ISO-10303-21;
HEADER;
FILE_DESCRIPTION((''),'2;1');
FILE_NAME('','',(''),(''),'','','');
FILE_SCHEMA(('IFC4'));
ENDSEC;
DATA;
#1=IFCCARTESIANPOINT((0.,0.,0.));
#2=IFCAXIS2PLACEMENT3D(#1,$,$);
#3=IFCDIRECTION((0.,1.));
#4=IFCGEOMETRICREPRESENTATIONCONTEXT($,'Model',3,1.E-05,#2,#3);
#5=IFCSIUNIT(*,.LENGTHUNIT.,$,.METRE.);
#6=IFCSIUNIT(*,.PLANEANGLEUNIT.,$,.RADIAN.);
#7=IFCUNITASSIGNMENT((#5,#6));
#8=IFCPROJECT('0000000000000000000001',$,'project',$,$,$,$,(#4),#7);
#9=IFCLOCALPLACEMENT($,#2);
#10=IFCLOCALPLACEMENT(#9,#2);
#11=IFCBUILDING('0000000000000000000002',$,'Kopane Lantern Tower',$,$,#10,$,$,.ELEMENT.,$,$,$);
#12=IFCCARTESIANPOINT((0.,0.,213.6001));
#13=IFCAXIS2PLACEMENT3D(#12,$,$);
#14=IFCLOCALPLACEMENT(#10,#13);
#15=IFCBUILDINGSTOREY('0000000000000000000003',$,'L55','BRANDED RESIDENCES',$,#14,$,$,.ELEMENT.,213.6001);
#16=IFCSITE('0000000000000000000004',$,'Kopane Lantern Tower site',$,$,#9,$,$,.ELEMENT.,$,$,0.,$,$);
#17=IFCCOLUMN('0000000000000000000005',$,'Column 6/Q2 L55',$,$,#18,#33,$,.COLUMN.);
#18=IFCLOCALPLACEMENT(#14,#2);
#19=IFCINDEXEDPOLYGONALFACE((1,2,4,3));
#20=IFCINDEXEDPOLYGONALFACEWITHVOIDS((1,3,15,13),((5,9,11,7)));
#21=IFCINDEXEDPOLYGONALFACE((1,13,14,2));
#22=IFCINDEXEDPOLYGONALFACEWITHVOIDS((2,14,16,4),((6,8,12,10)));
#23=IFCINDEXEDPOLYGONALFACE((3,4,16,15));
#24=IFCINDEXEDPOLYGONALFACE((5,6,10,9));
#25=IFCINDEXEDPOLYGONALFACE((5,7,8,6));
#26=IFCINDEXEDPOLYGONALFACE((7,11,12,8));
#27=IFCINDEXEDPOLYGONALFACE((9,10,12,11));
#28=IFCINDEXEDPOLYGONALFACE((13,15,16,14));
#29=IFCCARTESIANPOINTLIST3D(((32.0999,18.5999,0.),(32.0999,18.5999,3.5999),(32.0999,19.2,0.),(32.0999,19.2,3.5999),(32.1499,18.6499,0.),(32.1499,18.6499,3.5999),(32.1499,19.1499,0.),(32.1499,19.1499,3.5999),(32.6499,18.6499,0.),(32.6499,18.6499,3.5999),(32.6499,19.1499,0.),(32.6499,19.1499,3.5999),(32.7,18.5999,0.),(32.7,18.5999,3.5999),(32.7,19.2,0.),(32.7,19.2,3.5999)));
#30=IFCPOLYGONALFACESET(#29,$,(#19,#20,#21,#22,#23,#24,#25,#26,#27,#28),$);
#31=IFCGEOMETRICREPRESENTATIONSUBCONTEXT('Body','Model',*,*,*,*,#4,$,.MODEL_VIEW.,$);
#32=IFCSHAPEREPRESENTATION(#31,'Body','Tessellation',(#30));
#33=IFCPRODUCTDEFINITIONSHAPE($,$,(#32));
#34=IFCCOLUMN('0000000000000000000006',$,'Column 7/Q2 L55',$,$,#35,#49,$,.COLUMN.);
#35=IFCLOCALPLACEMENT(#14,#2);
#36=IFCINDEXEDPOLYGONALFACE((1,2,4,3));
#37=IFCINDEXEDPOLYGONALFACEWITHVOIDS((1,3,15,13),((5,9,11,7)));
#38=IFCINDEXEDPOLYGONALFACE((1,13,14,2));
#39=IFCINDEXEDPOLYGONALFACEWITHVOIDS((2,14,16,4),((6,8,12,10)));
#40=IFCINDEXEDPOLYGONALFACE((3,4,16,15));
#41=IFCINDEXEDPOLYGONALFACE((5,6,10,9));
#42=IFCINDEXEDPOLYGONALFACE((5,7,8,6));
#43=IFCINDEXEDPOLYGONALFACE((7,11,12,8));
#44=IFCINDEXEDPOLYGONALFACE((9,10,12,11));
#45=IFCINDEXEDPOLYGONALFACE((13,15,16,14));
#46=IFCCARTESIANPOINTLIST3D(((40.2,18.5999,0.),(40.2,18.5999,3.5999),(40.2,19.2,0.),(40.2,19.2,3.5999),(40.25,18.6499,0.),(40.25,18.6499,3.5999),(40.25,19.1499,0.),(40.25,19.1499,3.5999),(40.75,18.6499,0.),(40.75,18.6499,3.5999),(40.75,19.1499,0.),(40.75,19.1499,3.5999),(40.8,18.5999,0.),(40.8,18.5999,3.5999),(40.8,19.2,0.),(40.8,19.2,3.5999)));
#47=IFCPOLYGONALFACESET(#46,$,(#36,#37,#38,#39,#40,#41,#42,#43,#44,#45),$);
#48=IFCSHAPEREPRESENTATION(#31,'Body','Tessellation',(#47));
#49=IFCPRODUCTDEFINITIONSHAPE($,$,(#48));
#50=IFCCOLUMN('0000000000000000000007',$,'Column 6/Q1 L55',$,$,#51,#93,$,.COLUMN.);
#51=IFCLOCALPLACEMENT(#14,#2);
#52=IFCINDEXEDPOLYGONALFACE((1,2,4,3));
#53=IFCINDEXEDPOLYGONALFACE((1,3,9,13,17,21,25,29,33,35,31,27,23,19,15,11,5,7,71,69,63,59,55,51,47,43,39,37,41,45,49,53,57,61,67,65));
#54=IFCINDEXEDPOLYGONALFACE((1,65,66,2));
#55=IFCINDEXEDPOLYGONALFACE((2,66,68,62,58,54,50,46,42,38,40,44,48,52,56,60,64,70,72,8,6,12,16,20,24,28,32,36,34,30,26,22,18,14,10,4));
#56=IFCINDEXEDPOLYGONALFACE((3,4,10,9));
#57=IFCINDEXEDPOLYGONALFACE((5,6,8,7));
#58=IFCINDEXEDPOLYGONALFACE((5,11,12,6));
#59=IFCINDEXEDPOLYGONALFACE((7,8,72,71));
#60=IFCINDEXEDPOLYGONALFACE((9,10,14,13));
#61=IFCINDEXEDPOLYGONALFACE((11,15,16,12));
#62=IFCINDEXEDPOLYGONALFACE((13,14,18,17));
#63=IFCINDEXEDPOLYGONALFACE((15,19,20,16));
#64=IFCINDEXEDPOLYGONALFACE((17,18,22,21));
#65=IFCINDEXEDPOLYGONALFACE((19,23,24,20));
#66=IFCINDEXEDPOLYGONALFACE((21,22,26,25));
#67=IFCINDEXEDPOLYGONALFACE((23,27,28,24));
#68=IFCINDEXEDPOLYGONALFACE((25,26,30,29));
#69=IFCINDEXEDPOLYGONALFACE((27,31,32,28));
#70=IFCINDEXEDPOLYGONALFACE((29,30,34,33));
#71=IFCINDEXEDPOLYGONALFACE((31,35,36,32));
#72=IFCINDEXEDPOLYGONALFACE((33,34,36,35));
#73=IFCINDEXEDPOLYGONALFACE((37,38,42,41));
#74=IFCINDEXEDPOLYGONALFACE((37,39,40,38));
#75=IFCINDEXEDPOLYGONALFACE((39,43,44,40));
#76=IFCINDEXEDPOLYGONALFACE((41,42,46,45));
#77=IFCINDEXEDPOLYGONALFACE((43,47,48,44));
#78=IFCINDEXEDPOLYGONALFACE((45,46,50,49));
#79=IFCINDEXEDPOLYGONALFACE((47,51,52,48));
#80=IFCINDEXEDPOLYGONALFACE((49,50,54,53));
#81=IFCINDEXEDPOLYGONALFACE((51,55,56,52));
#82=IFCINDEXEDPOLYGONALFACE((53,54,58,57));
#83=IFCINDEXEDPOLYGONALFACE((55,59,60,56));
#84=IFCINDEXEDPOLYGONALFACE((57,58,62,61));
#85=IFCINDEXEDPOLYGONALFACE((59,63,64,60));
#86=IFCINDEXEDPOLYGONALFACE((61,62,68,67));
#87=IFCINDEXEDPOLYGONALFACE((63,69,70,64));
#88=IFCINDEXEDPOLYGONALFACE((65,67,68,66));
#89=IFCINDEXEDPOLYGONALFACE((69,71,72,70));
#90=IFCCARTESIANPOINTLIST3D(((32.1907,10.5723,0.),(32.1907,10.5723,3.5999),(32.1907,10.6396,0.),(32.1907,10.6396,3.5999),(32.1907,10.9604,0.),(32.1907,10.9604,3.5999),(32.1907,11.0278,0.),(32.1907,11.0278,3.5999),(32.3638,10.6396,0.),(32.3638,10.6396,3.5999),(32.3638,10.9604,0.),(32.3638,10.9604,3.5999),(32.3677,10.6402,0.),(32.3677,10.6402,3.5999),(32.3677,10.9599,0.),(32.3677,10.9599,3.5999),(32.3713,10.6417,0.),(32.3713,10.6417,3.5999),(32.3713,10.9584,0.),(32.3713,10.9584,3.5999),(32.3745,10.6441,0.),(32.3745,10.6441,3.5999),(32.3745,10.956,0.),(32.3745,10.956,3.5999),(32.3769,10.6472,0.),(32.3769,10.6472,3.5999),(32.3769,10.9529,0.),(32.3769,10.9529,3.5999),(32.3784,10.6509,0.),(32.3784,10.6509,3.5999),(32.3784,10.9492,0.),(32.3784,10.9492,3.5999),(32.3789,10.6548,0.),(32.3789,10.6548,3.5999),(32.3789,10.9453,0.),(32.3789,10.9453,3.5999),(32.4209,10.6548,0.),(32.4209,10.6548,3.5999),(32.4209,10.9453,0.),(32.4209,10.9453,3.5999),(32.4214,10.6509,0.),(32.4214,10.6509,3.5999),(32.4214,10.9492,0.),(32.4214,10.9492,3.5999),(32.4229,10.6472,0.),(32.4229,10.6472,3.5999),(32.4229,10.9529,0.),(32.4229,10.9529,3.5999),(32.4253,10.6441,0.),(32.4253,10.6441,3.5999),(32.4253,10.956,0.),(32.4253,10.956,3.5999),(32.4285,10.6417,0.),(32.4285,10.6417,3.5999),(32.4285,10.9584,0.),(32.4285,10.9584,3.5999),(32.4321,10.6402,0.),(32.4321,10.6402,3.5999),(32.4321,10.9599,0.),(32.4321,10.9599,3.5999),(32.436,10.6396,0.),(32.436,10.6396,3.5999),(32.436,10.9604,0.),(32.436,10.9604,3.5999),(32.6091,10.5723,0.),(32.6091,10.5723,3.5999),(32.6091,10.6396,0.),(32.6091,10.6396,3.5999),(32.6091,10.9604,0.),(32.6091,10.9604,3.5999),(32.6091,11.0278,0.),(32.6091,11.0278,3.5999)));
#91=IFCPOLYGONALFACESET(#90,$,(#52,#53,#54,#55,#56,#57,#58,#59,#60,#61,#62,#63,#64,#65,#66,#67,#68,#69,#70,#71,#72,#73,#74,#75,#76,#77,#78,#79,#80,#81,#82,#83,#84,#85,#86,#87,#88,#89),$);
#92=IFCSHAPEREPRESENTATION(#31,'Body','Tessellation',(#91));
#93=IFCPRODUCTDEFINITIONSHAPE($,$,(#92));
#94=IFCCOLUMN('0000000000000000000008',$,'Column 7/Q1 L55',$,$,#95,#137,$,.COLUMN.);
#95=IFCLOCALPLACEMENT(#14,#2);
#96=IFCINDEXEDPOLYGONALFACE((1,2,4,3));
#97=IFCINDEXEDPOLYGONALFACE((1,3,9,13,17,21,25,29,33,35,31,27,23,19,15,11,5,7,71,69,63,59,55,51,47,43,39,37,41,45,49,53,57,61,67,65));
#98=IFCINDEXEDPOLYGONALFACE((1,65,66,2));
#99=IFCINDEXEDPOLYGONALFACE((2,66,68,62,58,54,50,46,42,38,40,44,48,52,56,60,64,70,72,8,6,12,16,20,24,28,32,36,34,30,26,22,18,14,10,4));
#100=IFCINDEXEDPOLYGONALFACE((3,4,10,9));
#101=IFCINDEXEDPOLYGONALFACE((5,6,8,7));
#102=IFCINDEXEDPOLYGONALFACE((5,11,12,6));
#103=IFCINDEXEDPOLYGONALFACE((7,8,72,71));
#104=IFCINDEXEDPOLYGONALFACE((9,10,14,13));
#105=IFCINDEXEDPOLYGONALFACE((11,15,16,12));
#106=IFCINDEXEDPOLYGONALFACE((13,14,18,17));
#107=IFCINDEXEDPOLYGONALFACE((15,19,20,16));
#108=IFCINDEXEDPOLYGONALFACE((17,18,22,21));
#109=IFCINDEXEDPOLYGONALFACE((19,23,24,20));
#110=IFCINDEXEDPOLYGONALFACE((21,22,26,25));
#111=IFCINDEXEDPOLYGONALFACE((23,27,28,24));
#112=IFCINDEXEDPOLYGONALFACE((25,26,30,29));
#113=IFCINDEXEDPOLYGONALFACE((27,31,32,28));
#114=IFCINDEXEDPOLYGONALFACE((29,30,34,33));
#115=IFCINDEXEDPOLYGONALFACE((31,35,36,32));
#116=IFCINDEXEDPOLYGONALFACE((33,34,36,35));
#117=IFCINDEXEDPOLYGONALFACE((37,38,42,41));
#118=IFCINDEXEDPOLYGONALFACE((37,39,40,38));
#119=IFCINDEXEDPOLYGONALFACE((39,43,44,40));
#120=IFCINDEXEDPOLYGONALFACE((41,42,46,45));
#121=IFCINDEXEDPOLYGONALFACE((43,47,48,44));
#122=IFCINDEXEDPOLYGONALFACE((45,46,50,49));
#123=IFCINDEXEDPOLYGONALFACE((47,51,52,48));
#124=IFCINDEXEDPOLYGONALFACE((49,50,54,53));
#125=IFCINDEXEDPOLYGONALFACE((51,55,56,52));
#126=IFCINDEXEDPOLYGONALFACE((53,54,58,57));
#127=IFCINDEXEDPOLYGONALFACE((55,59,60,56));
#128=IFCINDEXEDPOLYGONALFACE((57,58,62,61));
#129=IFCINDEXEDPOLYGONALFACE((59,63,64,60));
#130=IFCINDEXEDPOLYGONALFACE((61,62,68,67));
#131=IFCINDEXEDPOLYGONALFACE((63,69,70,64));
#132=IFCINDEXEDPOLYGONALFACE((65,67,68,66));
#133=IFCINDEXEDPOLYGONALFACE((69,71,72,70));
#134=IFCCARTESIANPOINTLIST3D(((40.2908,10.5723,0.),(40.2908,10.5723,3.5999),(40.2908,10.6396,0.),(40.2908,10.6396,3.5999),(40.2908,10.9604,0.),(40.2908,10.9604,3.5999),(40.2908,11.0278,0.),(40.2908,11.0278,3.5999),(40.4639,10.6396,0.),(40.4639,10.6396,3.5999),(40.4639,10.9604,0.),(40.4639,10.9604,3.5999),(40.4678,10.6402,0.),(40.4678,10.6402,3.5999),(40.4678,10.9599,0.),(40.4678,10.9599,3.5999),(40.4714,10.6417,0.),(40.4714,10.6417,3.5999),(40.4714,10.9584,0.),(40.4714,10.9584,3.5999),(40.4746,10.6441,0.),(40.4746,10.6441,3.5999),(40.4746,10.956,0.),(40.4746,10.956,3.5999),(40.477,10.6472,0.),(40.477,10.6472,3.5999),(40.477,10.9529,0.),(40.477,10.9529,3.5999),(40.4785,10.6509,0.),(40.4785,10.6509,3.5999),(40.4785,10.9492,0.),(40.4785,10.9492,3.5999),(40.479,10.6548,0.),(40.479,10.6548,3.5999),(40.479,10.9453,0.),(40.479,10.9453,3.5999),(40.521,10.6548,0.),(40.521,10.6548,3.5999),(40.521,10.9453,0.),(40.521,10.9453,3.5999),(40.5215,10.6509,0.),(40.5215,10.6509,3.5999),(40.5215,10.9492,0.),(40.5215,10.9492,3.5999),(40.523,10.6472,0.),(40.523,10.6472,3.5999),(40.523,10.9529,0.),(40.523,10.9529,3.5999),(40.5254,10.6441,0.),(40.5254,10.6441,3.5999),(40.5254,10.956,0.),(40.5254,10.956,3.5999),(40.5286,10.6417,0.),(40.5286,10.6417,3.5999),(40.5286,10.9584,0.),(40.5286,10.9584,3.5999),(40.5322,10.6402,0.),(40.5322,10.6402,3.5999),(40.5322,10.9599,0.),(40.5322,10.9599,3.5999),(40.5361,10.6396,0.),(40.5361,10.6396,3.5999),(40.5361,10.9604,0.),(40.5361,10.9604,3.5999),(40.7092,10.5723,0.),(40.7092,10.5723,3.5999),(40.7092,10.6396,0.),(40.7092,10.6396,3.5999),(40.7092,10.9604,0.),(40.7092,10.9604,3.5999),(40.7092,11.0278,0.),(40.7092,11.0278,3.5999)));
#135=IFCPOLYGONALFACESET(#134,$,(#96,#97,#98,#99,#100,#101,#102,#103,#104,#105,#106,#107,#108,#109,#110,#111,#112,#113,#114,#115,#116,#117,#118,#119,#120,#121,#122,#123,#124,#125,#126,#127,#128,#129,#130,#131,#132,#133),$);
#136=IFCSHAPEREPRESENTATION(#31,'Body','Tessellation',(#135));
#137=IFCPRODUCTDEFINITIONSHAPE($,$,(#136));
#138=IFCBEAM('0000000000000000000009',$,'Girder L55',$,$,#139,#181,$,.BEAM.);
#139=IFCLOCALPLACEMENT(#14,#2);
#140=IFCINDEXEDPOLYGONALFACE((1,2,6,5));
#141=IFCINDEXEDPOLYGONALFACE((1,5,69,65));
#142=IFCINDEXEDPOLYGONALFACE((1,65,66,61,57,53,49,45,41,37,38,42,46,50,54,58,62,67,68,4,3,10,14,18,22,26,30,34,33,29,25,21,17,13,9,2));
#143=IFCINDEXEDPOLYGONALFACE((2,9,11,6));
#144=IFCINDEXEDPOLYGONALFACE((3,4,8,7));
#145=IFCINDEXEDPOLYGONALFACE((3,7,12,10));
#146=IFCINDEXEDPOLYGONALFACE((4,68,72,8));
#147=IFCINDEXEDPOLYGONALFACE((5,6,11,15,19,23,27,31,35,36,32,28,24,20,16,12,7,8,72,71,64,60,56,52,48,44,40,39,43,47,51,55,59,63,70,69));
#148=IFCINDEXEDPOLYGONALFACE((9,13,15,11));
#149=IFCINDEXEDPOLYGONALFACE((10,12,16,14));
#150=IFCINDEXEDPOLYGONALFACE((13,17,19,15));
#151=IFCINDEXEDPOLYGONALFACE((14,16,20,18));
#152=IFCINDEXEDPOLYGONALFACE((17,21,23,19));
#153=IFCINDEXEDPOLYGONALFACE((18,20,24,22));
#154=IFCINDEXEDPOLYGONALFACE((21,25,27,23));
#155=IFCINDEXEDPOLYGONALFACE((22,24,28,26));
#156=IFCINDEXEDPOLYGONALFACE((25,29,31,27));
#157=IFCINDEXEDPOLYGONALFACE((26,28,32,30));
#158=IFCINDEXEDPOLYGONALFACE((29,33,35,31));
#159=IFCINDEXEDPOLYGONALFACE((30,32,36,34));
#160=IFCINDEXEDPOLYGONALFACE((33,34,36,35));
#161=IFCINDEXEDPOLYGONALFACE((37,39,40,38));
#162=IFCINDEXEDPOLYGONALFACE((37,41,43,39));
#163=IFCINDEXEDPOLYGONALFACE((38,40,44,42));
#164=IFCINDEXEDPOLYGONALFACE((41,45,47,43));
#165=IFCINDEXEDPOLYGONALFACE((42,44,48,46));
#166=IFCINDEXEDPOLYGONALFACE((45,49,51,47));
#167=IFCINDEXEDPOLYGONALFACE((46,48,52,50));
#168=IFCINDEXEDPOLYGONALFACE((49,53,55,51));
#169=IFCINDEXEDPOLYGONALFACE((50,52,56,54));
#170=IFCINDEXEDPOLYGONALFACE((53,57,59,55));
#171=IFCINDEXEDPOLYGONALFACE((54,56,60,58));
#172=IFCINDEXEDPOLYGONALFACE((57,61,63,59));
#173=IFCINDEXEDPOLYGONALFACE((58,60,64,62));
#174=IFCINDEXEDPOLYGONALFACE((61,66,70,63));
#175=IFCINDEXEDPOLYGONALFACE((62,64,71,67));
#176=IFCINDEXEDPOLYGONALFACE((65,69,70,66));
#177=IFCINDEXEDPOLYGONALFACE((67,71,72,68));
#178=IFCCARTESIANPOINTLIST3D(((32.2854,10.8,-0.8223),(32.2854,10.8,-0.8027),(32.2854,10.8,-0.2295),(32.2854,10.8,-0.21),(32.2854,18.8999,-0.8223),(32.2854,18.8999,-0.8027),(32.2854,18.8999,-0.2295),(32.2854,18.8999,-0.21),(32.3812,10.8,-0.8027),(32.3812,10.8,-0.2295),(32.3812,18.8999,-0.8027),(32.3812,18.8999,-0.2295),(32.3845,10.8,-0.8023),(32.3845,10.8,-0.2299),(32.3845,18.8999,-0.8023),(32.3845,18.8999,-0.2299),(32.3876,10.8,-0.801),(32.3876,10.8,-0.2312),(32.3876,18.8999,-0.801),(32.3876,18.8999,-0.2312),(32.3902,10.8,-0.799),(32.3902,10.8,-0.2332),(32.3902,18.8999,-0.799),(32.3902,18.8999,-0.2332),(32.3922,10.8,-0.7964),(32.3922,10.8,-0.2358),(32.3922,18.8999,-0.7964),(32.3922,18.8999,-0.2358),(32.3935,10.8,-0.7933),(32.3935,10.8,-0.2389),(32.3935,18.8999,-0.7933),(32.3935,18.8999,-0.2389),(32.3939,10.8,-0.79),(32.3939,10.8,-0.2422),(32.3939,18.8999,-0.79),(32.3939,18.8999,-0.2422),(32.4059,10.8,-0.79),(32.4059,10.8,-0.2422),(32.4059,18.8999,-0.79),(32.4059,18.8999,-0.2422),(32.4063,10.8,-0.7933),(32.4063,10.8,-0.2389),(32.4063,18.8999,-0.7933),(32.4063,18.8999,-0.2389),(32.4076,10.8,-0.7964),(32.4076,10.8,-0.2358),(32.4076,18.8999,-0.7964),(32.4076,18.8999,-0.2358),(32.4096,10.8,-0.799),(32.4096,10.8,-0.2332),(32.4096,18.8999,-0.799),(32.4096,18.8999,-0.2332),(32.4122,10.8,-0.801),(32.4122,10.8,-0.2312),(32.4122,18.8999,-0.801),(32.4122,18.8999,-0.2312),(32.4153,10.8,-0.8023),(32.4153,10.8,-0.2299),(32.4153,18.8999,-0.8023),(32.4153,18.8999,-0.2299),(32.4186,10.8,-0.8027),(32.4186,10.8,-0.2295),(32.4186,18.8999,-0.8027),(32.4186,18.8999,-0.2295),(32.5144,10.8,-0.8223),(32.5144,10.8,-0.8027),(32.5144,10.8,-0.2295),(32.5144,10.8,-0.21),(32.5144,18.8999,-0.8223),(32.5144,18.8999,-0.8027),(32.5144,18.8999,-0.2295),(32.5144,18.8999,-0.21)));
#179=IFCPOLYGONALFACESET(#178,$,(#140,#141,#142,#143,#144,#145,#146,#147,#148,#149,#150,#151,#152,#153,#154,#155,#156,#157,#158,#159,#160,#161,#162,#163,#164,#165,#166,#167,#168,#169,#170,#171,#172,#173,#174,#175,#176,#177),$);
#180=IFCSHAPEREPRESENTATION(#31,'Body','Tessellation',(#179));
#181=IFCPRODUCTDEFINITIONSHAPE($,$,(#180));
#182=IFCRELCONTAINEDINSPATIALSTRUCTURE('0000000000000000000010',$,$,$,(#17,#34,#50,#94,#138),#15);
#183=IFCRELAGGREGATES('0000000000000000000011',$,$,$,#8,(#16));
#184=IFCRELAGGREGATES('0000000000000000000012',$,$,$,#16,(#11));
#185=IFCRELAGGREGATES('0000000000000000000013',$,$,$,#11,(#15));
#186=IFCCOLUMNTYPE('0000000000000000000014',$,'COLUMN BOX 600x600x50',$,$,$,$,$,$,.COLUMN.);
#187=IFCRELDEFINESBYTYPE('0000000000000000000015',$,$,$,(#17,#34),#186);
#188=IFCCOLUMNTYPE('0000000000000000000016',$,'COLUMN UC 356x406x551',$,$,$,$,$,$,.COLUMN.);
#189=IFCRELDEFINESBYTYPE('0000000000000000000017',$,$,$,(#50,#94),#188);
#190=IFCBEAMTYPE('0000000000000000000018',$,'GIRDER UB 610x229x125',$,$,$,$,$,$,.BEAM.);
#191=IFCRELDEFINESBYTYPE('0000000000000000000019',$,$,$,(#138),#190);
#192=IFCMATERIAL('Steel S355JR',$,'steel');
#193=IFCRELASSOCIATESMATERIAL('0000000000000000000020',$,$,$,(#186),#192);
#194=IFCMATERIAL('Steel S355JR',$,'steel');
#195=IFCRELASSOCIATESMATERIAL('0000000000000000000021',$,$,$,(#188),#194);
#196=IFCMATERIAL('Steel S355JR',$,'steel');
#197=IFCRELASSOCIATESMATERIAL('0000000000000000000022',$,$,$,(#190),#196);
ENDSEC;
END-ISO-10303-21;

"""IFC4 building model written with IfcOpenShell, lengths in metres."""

from ifc_helpers import new_model, si_unit, direction, frame, origin, origin_2d, place, context, subcontext, project, spatial, hollow_rectangle, i_section, extrude, material, material_profile, profile_set, type_object, element, save


model = new_model("IFC4")

# Units and contexts
model_context = context("Model", 3, precision=1e-05, world=origin(), true_north=direction((0.0, 1.0)))
body_context = subcontext(model_context, "Body", "Model", "MODEL_VIEW")
ifc_project = project(units=[si_unit("LENGTHUNIT", "METRE"), si_unit("PLANEANGLEUNIT", "RADIAN")], contexts=[model_context])

# Site, building, storey
site_placement = place(None, origin())
site = spatial("IfcSite", under=ifc_project, at=site_placement, Name="Kopane Lantern Tower site", CompositionType="ELEMENT", RefElevation=0.0)
building_placement = place(site_placement, origin())
building = spatial("IfcBuilding", under=site, at=building_placement, Name="Kopane Lantern Tower", CompositionType="ELEMENT")
storey_placement = place(building_placement, frame((0.0, 0.0, 213.6001)))
storey = spatial("IfcBuildingStorey", under=building, at=storey_placement, Name="L55", Description="BRANDED RESIDENCES", CompositionType="ELEMENT", Elevation=213.6001)

# Columns
ifc_material_1 = material(Name="Steel S355JR", Category="steel")
ifc_material_profile_1 = material_profile(ifc_material_1, hollow_rectangle(XDim=0.6001, YDim=0.6001, WallThickness=0.05, at=origin_2d()), Name="BOX 600x600x50")
ifc_profile_set_1 = profile_set([ifc_material_profile_1], Name="Steel S355JR")
column_type_1 = type_object("IfcColumnType", Name="COLUMN BOX 600x600x50", PredefinedType="COLUMN", material=ifc_profile_set_1)
for number, where, z_axis, x_axis, name in (
    (1, (32.3999, 18.8999, 0.0), (0.0, 0.0, 1.0), (1.0, 0.0, 0.0), "Column 6/Q2 L55"),
    (2, (40.5, 18.8999, 0.0), (0.0, 0.0, 1.0), (1.0, 0.0, 0.0), "Column 7/Q2 L55"),
):
    element("IfcColumn", number, at=place(storey_placement, frame(where, z_axis=z_axis, x_axis=x_axis)), inside=storey, type_object=column_type_1, Name=name, PredefinedType="COLUMN", context=body_context, shape_type="SweptSolid", body=[
        extrude(hollow_rectangle(XDim=0.6001, YDim=0.6001, WallThickness=0.05, at=origin_2d()), origin(), (0.0, 0.0, 1.0), 3.5999),
    ])
ifc_material_2 = material(Name="Steel S355JR", Category="steel")
ifc_material_profile_2 = material_profile(ifc_material_2, i_section(OverallWidth=0.4185, OverallDepth=0.4556, WebThickness=0.042, FlangeThickness=0.0674, FilletRadius=0.0151, at=origin_2d()), Name="UC 356x406x551")
ifc_profile_set_2 = profile_set([ifc_material_profile_2], Name="Steel S355JR")
column_type_2 = type_object("IfcColumnType", Name="COLUMN UC 356x406x551", PredefinedType="COLUMN", material=ifc_profile_set_2)
for number, where, z_axis, x_axis, name in (
    (3, (32.3999, 10.8, 0.0), (0.0, 0.0, 1.0), (1.0, 0.0, 0.0), "Column 6/Q1 L55"),
    (4, (40.5, 10.8, 0.0), (0.0, 0.0, 1.0), (1.0, 0.0, 0.0), "Column 7/Q1 L55"),
):
    element("IfcColumn", number, at=place(storey_placement, frame(where, z_axis=z_axis, x_axis=x_axis)), inside=storey, type_object=column_type_2, Name=name, PredefinedType="COLUMN", context=body_context, shape_type="SweptSolid", body=[
        extrude(i_section(OverallWidth=0.4185, OverallDepth=0.4556, WebThickness=0.042, FlangeThickness=0.0674, FilletRadius=0.0151, at=origin_2d()), origin(), (0.0, 0.0, 1.0), 3.5999),
    ])

# Beam
ifc_material_3 = material(Name="Steel S355JR", Category="steel")
ifc_material_profile_3 = material_profile(ifc_material_3, i_section(OverallWidth=0.229, OverallDepth=0.6123, WebThickness=0.012, FlangeThickness=0.0195, FilletRadius=0.0127, at=origin_2d()), Name="UB 610x229x125")
ifc_profile_set_3 = profile_set([ifc_material_profile_3], Name="Steel S355JR")
beam_type = type_object("IfcBeamType", Name="GIRDER UB 610x229x125", PredefinedType="BEAM", material=ifc_profile_set_3)
beam_1_placement = place(storey_placement, frame((32.3999, 10.8, -0.5161), z_axis=(0.0, 1.0, 0.0), x_axis=(-1.0, 0.0, 0.0)))
element("IfcBeam", 5, at=beam_1_placement, inside=storey, type_object=beam_type, Name="Girder L55", PredefinedType="BEAM", context=body_context, shape_type="SweptSolid", body=[
    extrude(i_section(OverallWidth=0.229, OverallDepth=0.6123, WebThickness=0.012, FlangeThickness=0.0195, FilletRadius=0.0127, at=origin_2d()), origin(), (0.0, 0.0, 1.0), 8.0999),
])

save(model, "model.ifc")
